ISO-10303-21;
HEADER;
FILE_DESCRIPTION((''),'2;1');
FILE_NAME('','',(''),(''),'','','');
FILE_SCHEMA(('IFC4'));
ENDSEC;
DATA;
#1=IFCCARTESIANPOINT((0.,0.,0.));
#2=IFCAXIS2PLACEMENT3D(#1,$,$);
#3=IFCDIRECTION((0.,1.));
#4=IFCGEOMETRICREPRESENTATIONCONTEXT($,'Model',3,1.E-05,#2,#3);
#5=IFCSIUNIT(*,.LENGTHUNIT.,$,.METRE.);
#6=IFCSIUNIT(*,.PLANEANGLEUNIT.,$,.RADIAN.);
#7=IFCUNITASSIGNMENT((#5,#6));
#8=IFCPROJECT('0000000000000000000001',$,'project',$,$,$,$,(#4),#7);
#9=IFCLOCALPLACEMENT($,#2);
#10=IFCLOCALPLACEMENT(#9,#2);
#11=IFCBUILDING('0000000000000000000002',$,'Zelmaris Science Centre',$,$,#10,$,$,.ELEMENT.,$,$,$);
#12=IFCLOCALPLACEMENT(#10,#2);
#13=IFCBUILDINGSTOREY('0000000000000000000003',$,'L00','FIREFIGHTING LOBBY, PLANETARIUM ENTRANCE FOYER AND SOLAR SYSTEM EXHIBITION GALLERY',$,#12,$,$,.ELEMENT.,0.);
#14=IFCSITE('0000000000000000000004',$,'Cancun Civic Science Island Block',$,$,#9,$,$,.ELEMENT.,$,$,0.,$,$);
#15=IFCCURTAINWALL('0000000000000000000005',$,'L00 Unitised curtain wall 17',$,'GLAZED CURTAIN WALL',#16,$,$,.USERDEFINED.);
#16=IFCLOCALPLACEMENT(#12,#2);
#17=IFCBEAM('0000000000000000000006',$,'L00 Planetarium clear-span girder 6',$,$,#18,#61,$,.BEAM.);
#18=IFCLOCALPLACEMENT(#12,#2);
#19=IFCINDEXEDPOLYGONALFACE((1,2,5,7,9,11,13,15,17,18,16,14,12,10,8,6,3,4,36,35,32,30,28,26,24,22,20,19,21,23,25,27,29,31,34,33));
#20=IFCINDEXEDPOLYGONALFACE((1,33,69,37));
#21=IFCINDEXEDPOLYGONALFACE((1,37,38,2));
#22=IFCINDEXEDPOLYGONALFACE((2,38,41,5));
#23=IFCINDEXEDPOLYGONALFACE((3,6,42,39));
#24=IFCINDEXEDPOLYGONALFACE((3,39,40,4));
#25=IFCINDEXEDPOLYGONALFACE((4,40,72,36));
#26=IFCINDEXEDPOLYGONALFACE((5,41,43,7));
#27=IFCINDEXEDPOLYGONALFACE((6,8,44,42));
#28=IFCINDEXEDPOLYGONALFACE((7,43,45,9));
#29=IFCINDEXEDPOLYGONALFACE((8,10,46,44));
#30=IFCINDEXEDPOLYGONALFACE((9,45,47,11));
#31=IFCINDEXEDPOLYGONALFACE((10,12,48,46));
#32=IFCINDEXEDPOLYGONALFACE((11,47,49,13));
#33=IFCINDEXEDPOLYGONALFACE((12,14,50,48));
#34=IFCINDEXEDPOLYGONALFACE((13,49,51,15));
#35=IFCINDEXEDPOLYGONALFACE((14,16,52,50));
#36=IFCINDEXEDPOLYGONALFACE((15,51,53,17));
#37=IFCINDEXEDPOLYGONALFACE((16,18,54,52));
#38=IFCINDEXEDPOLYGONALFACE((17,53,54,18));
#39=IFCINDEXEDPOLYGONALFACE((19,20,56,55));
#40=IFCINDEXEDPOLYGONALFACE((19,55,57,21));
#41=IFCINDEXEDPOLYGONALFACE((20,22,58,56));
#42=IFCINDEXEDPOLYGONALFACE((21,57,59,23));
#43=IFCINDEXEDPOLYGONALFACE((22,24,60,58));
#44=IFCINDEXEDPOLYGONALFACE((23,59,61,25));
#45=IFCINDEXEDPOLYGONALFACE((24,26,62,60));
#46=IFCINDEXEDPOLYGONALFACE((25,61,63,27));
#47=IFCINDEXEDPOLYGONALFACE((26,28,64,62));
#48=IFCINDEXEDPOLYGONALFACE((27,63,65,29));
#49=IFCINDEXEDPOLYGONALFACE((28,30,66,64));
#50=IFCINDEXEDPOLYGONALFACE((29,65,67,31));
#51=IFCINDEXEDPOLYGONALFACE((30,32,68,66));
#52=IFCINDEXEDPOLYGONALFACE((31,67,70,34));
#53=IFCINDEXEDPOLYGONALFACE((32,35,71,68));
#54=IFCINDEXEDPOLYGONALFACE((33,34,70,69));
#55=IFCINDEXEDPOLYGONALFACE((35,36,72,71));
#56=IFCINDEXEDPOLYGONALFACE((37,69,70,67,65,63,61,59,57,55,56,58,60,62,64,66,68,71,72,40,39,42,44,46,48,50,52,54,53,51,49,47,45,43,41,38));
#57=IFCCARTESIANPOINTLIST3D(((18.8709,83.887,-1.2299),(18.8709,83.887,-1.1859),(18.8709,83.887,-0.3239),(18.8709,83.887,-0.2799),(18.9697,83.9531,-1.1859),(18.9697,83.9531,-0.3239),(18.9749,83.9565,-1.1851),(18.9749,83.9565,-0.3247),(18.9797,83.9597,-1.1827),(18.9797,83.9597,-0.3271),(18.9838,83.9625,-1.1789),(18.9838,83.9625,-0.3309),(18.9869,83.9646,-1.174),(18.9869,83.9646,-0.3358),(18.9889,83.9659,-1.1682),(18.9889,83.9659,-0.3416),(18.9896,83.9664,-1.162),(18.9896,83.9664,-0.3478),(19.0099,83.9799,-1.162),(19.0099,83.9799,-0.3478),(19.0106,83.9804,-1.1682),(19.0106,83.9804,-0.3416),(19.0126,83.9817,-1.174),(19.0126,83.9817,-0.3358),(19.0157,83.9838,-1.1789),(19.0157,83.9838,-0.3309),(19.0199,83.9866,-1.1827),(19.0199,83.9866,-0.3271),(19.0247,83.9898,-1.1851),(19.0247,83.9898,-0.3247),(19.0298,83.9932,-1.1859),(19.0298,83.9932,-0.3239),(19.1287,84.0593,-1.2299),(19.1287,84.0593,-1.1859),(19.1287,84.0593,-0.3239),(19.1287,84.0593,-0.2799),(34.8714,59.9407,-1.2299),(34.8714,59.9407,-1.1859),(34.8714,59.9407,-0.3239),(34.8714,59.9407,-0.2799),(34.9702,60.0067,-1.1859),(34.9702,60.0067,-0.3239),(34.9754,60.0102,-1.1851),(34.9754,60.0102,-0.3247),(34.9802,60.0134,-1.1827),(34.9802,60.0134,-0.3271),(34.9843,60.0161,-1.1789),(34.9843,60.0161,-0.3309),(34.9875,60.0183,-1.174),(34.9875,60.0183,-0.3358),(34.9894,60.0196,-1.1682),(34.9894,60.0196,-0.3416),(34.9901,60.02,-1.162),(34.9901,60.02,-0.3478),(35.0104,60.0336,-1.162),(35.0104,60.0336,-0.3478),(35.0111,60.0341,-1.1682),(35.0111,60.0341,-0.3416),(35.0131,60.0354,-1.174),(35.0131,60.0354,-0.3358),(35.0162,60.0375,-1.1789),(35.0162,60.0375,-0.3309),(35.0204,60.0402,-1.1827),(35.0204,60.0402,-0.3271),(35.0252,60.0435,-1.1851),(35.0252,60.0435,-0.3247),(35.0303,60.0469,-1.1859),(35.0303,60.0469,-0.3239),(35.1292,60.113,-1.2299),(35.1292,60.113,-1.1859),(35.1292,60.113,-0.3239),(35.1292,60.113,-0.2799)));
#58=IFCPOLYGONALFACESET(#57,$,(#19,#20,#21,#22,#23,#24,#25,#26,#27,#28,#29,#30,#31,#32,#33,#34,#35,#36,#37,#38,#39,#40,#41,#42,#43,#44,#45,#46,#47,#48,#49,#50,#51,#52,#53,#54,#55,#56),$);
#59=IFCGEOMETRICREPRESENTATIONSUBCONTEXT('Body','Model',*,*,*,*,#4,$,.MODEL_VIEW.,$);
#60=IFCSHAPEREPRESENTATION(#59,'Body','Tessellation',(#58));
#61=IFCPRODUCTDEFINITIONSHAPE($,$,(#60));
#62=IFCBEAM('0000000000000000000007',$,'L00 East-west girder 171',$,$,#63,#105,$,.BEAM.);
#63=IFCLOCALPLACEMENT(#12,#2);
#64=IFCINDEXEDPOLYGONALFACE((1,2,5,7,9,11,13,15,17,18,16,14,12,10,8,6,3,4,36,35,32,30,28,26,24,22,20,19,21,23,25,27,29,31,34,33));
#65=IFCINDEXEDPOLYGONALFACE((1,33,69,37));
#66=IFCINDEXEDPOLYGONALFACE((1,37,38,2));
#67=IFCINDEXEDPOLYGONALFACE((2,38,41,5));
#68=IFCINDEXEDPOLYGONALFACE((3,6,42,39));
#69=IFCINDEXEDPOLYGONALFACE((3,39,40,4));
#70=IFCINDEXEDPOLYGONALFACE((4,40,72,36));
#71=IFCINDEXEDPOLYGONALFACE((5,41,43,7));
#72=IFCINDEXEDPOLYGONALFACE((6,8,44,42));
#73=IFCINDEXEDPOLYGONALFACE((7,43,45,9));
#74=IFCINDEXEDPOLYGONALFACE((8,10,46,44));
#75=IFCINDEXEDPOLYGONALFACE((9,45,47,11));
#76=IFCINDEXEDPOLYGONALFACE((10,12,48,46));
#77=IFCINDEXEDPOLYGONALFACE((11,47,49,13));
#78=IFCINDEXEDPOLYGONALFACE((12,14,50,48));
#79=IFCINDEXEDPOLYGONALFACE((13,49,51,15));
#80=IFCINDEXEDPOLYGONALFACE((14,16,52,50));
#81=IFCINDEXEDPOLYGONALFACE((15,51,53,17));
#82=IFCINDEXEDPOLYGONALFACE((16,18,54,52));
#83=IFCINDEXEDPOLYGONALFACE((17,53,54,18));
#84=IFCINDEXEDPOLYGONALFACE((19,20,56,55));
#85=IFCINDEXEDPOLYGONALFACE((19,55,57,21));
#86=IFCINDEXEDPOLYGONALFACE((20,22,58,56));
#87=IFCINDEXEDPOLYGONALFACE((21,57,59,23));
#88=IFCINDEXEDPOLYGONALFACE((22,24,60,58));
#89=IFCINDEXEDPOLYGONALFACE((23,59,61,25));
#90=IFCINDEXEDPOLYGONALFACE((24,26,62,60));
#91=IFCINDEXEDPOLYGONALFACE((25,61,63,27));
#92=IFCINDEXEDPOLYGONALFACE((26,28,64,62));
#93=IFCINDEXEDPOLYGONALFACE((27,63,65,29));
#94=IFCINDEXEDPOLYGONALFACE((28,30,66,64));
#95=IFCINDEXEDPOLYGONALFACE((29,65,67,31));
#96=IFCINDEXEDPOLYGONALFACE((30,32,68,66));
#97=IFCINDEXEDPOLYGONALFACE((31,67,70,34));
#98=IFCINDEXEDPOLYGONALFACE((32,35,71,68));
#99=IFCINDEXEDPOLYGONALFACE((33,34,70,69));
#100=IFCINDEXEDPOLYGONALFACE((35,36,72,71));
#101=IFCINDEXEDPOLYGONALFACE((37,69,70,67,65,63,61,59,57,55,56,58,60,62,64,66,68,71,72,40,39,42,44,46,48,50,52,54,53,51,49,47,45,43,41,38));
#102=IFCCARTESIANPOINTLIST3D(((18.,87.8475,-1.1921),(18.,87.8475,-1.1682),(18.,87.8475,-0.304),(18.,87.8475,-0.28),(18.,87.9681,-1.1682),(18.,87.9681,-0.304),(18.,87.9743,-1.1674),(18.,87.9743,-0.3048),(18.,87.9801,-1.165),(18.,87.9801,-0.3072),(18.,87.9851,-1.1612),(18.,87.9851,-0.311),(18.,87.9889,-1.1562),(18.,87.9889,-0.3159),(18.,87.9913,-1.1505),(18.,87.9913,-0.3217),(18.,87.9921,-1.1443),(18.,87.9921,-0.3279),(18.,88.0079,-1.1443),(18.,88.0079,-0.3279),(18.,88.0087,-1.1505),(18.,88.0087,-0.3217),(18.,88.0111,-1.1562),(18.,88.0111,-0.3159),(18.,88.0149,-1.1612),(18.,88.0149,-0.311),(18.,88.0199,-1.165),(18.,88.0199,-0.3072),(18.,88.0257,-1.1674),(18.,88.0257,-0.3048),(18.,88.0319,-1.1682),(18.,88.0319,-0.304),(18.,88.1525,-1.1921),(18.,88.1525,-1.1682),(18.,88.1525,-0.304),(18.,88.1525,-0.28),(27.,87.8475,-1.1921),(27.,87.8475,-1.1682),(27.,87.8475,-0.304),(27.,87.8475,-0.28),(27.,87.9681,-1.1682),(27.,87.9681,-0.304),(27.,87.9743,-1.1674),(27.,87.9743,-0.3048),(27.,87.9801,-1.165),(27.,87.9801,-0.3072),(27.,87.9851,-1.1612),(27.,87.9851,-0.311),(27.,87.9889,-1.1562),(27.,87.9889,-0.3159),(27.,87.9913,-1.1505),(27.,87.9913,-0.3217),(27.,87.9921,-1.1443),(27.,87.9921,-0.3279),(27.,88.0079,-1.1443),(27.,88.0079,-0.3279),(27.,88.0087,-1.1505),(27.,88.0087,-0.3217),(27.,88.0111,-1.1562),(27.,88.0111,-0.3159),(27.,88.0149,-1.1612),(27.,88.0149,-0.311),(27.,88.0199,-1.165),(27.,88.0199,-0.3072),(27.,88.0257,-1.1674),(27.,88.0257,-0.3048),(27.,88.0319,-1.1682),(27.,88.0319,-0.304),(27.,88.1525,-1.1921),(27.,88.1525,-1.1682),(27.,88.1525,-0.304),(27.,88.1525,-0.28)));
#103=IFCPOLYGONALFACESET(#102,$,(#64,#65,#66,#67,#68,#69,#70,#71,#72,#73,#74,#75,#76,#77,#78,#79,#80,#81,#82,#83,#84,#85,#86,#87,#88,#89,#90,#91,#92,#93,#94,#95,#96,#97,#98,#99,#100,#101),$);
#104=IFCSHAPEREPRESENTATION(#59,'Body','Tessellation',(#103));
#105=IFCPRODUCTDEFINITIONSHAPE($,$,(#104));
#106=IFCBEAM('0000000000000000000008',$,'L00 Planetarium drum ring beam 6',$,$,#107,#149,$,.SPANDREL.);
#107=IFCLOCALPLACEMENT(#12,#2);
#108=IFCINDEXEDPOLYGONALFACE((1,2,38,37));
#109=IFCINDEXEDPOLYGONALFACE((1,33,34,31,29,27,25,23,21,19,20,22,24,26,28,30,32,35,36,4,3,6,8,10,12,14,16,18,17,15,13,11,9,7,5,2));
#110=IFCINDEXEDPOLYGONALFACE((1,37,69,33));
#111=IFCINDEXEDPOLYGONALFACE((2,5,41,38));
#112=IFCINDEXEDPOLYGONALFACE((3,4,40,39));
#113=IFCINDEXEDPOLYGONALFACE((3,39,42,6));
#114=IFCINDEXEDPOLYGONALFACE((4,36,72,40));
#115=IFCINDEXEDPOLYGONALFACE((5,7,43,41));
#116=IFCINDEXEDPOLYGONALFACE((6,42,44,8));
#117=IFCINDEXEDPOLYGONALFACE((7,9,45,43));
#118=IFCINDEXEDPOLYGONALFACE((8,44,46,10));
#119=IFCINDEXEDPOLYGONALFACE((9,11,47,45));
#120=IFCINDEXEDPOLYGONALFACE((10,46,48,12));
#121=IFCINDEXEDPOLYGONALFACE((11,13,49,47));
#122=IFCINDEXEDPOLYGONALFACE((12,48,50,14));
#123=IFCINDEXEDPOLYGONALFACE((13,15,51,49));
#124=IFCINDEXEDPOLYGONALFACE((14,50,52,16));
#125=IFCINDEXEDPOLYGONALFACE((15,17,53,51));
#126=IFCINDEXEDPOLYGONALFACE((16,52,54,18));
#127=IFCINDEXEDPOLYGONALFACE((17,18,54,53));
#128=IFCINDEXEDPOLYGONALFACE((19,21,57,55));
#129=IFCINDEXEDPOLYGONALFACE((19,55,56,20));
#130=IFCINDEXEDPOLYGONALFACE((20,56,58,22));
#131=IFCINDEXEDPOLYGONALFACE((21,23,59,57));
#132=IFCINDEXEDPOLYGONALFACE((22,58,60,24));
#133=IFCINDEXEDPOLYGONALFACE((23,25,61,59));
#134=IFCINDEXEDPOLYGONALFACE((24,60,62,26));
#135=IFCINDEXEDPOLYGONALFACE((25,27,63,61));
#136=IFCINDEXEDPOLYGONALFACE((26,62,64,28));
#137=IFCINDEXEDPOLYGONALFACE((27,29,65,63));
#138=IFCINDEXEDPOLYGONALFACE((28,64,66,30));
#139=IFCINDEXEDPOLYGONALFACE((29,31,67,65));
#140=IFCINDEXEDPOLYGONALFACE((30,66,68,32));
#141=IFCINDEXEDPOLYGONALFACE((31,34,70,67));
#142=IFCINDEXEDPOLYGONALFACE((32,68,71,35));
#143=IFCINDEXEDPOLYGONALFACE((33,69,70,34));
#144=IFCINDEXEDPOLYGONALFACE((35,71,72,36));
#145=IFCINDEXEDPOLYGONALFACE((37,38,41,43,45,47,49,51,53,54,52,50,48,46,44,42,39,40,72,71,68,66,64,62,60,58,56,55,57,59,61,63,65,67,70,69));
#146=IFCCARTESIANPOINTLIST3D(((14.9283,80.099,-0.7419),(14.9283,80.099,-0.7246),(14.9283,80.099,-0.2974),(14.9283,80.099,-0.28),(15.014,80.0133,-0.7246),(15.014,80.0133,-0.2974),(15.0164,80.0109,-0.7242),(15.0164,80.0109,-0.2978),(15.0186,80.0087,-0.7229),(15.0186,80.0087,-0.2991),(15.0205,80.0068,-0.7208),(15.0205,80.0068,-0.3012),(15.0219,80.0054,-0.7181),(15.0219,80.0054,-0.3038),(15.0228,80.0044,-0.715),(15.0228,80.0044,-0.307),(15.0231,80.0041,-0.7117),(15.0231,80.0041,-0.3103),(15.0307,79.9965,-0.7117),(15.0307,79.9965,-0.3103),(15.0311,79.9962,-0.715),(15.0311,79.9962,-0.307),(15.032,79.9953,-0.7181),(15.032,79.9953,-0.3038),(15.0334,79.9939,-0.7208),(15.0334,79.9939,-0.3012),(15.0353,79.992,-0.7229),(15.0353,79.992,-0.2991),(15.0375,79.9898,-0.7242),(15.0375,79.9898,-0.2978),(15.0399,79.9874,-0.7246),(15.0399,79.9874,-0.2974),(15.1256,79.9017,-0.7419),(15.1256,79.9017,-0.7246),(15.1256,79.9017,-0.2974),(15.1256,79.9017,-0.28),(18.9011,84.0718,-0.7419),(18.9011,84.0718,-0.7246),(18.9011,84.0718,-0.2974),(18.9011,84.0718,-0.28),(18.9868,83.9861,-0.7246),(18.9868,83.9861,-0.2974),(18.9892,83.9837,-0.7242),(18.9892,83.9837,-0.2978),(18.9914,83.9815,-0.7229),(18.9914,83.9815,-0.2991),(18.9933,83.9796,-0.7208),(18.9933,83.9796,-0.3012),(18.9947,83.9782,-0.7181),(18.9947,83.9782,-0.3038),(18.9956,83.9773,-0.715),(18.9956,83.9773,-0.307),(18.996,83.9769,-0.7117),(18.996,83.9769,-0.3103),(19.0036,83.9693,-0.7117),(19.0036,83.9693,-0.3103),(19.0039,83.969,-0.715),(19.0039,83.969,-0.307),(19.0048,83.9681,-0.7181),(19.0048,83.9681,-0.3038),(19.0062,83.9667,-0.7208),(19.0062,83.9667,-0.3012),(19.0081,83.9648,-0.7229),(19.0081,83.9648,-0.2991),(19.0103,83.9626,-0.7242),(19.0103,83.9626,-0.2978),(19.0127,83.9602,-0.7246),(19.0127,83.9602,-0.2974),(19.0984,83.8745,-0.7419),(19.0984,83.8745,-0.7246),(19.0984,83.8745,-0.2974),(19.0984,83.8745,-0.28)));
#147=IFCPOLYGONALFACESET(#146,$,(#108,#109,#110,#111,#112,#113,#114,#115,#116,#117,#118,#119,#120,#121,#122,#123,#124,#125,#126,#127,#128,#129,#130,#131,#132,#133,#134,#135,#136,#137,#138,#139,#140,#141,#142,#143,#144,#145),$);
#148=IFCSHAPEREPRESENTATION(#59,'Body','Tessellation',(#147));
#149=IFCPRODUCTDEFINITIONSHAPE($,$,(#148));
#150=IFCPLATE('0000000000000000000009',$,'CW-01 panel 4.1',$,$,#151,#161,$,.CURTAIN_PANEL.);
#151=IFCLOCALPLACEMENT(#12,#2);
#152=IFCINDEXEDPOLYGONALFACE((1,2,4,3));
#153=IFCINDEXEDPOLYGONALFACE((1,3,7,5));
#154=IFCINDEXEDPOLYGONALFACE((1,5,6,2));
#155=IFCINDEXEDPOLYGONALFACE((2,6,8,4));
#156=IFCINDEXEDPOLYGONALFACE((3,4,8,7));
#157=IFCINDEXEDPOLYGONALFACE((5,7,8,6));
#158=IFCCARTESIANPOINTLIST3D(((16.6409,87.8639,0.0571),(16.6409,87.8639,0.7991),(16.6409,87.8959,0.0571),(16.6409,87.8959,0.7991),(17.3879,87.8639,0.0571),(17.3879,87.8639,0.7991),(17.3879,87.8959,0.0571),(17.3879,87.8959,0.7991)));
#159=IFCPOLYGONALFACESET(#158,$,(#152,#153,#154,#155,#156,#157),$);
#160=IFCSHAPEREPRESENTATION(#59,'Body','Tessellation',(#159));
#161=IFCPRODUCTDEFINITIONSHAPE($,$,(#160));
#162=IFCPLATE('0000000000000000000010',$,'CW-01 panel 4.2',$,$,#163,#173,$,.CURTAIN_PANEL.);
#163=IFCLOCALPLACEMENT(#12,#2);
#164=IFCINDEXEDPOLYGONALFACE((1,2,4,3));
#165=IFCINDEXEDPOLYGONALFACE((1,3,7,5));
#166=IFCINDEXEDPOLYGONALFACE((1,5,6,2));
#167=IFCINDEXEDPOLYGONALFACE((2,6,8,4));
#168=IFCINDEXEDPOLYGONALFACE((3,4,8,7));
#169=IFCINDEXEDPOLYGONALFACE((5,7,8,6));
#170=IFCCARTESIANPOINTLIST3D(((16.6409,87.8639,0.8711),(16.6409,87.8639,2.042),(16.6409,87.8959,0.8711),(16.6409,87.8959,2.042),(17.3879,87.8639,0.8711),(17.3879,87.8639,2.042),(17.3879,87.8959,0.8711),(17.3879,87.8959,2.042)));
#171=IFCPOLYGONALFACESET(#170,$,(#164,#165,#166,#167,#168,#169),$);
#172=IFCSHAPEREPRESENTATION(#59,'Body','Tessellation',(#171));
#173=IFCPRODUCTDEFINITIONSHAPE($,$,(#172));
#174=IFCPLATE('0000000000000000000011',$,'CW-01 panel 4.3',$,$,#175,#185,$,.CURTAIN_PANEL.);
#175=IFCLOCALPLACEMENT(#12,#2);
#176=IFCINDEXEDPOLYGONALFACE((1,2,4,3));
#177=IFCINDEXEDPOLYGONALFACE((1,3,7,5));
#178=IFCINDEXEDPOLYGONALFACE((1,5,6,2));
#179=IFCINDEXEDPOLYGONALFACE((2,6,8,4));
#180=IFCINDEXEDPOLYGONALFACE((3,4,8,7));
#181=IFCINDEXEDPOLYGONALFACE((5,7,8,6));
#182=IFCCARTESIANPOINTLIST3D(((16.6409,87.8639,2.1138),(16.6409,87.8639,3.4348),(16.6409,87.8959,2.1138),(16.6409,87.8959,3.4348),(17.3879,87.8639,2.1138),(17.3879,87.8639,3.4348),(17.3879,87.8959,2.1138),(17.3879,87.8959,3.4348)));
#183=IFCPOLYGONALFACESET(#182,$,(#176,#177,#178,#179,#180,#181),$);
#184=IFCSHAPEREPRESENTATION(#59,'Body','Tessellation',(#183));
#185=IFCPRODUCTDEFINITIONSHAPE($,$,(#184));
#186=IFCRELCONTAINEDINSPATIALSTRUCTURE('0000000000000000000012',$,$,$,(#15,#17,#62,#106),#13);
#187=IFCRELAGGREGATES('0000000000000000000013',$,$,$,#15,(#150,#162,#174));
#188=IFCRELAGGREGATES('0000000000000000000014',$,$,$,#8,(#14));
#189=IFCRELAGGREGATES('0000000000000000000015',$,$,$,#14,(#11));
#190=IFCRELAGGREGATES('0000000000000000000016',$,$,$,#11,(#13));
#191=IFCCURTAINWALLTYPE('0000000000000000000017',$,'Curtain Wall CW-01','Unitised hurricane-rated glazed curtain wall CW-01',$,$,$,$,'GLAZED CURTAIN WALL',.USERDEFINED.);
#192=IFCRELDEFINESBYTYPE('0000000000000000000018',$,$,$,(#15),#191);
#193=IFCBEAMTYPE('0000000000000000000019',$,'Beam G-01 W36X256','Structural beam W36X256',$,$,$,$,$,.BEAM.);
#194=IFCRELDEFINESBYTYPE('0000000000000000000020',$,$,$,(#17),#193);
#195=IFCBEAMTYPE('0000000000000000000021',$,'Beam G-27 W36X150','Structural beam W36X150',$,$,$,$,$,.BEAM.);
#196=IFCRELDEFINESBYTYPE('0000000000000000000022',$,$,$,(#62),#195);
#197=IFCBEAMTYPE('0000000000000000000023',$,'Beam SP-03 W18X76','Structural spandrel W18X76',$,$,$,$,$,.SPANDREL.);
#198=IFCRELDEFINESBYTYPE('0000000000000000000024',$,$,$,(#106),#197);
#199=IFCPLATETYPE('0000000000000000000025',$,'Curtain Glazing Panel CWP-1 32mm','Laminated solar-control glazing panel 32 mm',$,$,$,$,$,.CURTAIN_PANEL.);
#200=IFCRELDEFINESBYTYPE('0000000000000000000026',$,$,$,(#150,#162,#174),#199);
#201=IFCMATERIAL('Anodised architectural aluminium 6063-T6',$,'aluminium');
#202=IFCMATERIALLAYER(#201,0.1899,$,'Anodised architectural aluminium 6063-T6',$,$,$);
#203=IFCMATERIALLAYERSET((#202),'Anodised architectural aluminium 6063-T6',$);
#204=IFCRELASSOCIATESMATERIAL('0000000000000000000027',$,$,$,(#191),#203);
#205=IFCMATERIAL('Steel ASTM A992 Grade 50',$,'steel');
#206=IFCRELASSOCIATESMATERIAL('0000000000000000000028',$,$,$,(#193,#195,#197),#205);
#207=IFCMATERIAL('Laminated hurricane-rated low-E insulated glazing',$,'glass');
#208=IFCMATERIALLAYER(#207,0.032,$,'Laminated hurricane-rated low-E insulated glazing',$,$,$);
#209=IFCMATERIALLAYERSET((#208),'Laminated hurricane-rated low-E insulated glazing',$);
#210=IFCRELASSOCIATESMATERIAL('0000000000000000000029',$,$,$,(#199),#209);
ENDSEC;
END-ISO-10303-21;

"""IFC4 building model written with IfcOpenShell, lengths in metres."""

from ifc_helpers import new_model, si_unit, direction, frame, origin, origin_2d, place, context, subcontext, project, spatial, rectangle, i_section, extrude, material, layer, layer_set, material_profile, profile_set, type_object, element, aggregate, save


model = new_model("IFC4")

# Units and contexts
model_context = context("Model", 3, precision=1e-05, world=origin(), true_north=direction((0.0, 1.0)))
body_context = subcontext(model_context, "Body", "Model", "MODEL_VIEW")
ifc_project = project(units=[si_unit("LENGTHUNIT", "METRE"), si_unit("PLANEANGLEUNIT", "RADIAN")], contexts=[model_context])

# Site, building, storey
site_placement = place(None, origin())
site = spatial("IfcSite", under=ifc_project, at=site_placement, Name="Cancun Civic Science Island Block", CompositionType="ELEMENT", RefElevation=0.0)
building_placement = place(site_placement, origin())
building = spatial("IfcBuilding", under=site, at=building_placement, Name="Zelmaris Science Centre", CompositionType="ELEMENT")
storey_placement = place(building_placement, origin())
storey = spatial("IfcBuildingStorey", under=building, at=storey_placement, Name="L00", Description="FIREFIGHTING LOBBY, PLANETARIUM ENTRANCE FOYER AND SOLAR SYSTEM EXHIBITION GALLERY", CompositionType="ELEMENT", Elevation=0.0)

# Shared definitions
ifc_material_1 = material(Name="Steel ASTM A992 Grade 50", Category="steel")

# Shared definitions
ifc_material_2 = material(Name="Anodised architectural aluminium 6063-T6", Category="aluminium")

# Curtain wall
ifc_layer_1 = layer(ifc_material_2, 0.1899, Name="Anodised architectural aluminium 6063-T6")
ifc_layer_set_1 = layer_set([ifc_layer_1], Name="Anodised architectural aluminium 6063-T6")
curtain_wall_type_1 = type_object("IfcCurtainWallType", Name="Curtain Wall CW-01", Description="Unitised hurricane-rated glazed curtain wall CW-01", ElementType="GLAZED CURTAIN WALL", PredefinedType="USERDEFINED", material=ifc_layer_set_1)
curtain_wall_1_placement = place(storey_placement, origin())
curtain_wall_1 = element("IfcCurtainWall", 1, at=curtain_wall_1_placement, inside=storey, type_object=curtain_wall_type_1, Name="L00 Unitised curtain wall 17", ObjectType="GLAZED CURTAIN WALL", PredefinedType="USERDEFINED")

# Beams
ifc_material_profile_1 = material_profile(ifc_material_1, i_section(OverallWidth=0.3101, OverallDepth=0.95, WebThickness=0.0244, FlangeThickness=0.0439, FilletRadius=0.0239, at=origin_2d()), Name="W36X256")
ifc_profile_set_1 = profile_set([ifc_material_profile_1], Name="Steel ASTM A992 Grade 50")
beam_type_1 = type_object("IfcBeamType", Name="Beam G-01 W36X256", Description="Structural beam W36X256", PredefinedType="BEAM", material=ifc_profile_set_1)
beam_1_placement = place(storey_placement, frame((18.9998, 83.9731, -0.7549), z_axis=(0.555572, -0.831468, 0.0), x_axis=(0.831468, 0.555572, 0.0)))
element("IfcBeam", 2, at=beam_1_placement, inside=storey, type_object=beam_type_1, Name="L00 Planetarium clear-span girder 6", PredefinedType="BEAM", context=body_context, shape_type="SweptSolid", body=[
    extrude(i_section(OverallWidth=0.3101, OverallDepth=0.95, WebThickness=0.0244, FlangeThickness=0.0439, FilletRadius=0.0239, at=origin_2d()), origin(), (0.0, 0.0, 1.0), 28.8),
])
ifc_material_profile_2 = material_profile(ifc_material_1, i_section(OverallWidth=0.3049, OverallDepth=0.9121, WebThickness=0.0159, FlangeThickness=0.0239, FilletRadius=0.0239, at=origin_2d()), Name="W36X150")
ifc_profile_set_2 = profile_set([ifc_material_profile_2], Name="Steel ASTM A992 Grade 50")
beam_type_2 = type_object("IfcBeamType", Name="Beam G-27 W36X150", Description="Structural beam W36X150", PredefinedType="BEAM", material=ifc_profile_set_2)
beam_2_placement = place(storey_placement, frame((18.0, 88.0, -0.7361), z_axis=(1.0, 0.0, 0.0), x_axis=(0.0, 1.0, 0.0)))
element("IfcBeam", 3, at=beam_2_placement, inside=storey, type_object=beam_type_2, Name="L00 East-west girder 171", PredefinedType="BEAM", context=body_context, shape_type="SweptSolid", body=[
    extrude(i_section(OverallWidth=0.3049, OverallDepth=0.9121, WebThickness=0.0159, FlangeThickness=0.0239, FilletRadius=0.0239, at=origin_2d()), origin(), (0.0, 0.0, 1.0), 9.0),
])
ifc_material_profile_3 = material_profile(ifc_material_1, i_section(OverallWidth=0.2791, OverallDepth=0.4619, WebThickness=0.0107, FlangeThickness=0.0173, FilletRadius=0.0129, at=origin_2d()), Name="W18X76")
ifc_profile_set_3 = profile_set([ifc_material_profile_3], Name="Steel ASTM A992 Grade 50")
beam_type_3 = type_object("IfcBeamType", Name="Beam SP-03 W18X76", Description="Structural spandrel W18X76", PredefinedType="SPANDREL", material=ifc_profile_set_3)
beam_3_placement = place(storey_placement, frame((18.9998, 83.9731, -0.511), z_axis=(-0.707107, -0.707107, 0.0), x_axis=(0.707107, -0.707107, 0.0)))
element("IfcBeam", 4, at=beam_3_placement, inside=storey, type_object=beam_type_3, Name="L00 Planetarium drum ring beam 6", PredefinedType="SPANDREL", context=body_context, shape_type="SweptSolid", body=[
    extrude(i_section(OverallWidth=0.2791, OverallDepth=0.4619, WebThickness=0.0107, FlangeThickness=0.0173, FilletRadius=0.0129, at=origin_2d()), origin(), (0.0, 0.0, 1.0), 5.6184),
])

# Plates
ifc_material_3 = material(Name="Laminated hurricane-rated low-E insulated glazing", Category="glass")
ifc_layer_2 = layer(ifc_material_3, 0.032, Name="Laminated hurricane-rated low-E insulated glazing")
ifc_layer_set_2 = layer_set([ifc_layer_2], Name="Laminated hurricane-rated low-E insulated glazing")
plate_type_1 = type_object("IfcPlateType", Name="Curtain Glazing Panel CWP-1 32mm", Description="Laminated solar-control glazing panel 32 mm", PredefinedType="CURTAIN_PANEL", material=ifc_layer_set_2)
plate_1_placement = place(storey_placement, frame((17.0144, 87.8799, 0.0571), z_axis=(0.0, 0.0, 1.0), x_axis=(1.0, 0.0, 0.0)))
plate_1 = element("IfcPlate", 5, at=plate_1_placement, type_object=plate_type_1, Name="CW-01 panel 4.1", PredefinedType="CURTAIN_PANEL", context=body_context, shape_type="SweptSolid", body=[
    extrude(rectangle(XDim=0.7471, YDim=0.032, at=origin_2d()), origin(), (0.0, 0.0, 1.0), 0.7419),
])
plate_2_placement = place(storey_placement, frame((17.0144, 87.8799, 0.8711), z_axis=(0.0, 0.0, 1.0), x_axis=(1.0, 0.0, 0.0)))
plate_2 = element("IfcPlate", 6, at=plate_2_placement, type_object=plate_type_1, Name="CW-01 panel 4.2", PredefinedType="CURTAIN_PANEL", context=body_context, shape_type="SweptSolid", body=[
    extrude(rectangle(XDim=0.7471, YDim=0.032, at=origin_2d()), origin(), (0.0, 0.0, 1.0), 1.1709),
])
plate_3_placement = place(storey_placement, frame((17.0144, 87.8799, 2.1138), z_axis=(0.0, 0.0, 1.0), x_axis=(1.0, 0.0, 0.0)))
plate_3 = element("IfcPlate", 7, at=plate_3_placement, type_object=plate_type_1, Name="CW-01 panel 4.3", PredefinedType="CURTAIN_PANEL", context=body_context, shape_type="SweptSolid", body=[
    extrude(rectangle(XDim=0.7471, YDim=0.032, at=origin_2d()), origin(), (0.0, 0.0, 1.0), 1.321),
])
aggregate(curtain_wall_1, [plate_1, plate_2, plate_3])

save(model, "model.ifc")
